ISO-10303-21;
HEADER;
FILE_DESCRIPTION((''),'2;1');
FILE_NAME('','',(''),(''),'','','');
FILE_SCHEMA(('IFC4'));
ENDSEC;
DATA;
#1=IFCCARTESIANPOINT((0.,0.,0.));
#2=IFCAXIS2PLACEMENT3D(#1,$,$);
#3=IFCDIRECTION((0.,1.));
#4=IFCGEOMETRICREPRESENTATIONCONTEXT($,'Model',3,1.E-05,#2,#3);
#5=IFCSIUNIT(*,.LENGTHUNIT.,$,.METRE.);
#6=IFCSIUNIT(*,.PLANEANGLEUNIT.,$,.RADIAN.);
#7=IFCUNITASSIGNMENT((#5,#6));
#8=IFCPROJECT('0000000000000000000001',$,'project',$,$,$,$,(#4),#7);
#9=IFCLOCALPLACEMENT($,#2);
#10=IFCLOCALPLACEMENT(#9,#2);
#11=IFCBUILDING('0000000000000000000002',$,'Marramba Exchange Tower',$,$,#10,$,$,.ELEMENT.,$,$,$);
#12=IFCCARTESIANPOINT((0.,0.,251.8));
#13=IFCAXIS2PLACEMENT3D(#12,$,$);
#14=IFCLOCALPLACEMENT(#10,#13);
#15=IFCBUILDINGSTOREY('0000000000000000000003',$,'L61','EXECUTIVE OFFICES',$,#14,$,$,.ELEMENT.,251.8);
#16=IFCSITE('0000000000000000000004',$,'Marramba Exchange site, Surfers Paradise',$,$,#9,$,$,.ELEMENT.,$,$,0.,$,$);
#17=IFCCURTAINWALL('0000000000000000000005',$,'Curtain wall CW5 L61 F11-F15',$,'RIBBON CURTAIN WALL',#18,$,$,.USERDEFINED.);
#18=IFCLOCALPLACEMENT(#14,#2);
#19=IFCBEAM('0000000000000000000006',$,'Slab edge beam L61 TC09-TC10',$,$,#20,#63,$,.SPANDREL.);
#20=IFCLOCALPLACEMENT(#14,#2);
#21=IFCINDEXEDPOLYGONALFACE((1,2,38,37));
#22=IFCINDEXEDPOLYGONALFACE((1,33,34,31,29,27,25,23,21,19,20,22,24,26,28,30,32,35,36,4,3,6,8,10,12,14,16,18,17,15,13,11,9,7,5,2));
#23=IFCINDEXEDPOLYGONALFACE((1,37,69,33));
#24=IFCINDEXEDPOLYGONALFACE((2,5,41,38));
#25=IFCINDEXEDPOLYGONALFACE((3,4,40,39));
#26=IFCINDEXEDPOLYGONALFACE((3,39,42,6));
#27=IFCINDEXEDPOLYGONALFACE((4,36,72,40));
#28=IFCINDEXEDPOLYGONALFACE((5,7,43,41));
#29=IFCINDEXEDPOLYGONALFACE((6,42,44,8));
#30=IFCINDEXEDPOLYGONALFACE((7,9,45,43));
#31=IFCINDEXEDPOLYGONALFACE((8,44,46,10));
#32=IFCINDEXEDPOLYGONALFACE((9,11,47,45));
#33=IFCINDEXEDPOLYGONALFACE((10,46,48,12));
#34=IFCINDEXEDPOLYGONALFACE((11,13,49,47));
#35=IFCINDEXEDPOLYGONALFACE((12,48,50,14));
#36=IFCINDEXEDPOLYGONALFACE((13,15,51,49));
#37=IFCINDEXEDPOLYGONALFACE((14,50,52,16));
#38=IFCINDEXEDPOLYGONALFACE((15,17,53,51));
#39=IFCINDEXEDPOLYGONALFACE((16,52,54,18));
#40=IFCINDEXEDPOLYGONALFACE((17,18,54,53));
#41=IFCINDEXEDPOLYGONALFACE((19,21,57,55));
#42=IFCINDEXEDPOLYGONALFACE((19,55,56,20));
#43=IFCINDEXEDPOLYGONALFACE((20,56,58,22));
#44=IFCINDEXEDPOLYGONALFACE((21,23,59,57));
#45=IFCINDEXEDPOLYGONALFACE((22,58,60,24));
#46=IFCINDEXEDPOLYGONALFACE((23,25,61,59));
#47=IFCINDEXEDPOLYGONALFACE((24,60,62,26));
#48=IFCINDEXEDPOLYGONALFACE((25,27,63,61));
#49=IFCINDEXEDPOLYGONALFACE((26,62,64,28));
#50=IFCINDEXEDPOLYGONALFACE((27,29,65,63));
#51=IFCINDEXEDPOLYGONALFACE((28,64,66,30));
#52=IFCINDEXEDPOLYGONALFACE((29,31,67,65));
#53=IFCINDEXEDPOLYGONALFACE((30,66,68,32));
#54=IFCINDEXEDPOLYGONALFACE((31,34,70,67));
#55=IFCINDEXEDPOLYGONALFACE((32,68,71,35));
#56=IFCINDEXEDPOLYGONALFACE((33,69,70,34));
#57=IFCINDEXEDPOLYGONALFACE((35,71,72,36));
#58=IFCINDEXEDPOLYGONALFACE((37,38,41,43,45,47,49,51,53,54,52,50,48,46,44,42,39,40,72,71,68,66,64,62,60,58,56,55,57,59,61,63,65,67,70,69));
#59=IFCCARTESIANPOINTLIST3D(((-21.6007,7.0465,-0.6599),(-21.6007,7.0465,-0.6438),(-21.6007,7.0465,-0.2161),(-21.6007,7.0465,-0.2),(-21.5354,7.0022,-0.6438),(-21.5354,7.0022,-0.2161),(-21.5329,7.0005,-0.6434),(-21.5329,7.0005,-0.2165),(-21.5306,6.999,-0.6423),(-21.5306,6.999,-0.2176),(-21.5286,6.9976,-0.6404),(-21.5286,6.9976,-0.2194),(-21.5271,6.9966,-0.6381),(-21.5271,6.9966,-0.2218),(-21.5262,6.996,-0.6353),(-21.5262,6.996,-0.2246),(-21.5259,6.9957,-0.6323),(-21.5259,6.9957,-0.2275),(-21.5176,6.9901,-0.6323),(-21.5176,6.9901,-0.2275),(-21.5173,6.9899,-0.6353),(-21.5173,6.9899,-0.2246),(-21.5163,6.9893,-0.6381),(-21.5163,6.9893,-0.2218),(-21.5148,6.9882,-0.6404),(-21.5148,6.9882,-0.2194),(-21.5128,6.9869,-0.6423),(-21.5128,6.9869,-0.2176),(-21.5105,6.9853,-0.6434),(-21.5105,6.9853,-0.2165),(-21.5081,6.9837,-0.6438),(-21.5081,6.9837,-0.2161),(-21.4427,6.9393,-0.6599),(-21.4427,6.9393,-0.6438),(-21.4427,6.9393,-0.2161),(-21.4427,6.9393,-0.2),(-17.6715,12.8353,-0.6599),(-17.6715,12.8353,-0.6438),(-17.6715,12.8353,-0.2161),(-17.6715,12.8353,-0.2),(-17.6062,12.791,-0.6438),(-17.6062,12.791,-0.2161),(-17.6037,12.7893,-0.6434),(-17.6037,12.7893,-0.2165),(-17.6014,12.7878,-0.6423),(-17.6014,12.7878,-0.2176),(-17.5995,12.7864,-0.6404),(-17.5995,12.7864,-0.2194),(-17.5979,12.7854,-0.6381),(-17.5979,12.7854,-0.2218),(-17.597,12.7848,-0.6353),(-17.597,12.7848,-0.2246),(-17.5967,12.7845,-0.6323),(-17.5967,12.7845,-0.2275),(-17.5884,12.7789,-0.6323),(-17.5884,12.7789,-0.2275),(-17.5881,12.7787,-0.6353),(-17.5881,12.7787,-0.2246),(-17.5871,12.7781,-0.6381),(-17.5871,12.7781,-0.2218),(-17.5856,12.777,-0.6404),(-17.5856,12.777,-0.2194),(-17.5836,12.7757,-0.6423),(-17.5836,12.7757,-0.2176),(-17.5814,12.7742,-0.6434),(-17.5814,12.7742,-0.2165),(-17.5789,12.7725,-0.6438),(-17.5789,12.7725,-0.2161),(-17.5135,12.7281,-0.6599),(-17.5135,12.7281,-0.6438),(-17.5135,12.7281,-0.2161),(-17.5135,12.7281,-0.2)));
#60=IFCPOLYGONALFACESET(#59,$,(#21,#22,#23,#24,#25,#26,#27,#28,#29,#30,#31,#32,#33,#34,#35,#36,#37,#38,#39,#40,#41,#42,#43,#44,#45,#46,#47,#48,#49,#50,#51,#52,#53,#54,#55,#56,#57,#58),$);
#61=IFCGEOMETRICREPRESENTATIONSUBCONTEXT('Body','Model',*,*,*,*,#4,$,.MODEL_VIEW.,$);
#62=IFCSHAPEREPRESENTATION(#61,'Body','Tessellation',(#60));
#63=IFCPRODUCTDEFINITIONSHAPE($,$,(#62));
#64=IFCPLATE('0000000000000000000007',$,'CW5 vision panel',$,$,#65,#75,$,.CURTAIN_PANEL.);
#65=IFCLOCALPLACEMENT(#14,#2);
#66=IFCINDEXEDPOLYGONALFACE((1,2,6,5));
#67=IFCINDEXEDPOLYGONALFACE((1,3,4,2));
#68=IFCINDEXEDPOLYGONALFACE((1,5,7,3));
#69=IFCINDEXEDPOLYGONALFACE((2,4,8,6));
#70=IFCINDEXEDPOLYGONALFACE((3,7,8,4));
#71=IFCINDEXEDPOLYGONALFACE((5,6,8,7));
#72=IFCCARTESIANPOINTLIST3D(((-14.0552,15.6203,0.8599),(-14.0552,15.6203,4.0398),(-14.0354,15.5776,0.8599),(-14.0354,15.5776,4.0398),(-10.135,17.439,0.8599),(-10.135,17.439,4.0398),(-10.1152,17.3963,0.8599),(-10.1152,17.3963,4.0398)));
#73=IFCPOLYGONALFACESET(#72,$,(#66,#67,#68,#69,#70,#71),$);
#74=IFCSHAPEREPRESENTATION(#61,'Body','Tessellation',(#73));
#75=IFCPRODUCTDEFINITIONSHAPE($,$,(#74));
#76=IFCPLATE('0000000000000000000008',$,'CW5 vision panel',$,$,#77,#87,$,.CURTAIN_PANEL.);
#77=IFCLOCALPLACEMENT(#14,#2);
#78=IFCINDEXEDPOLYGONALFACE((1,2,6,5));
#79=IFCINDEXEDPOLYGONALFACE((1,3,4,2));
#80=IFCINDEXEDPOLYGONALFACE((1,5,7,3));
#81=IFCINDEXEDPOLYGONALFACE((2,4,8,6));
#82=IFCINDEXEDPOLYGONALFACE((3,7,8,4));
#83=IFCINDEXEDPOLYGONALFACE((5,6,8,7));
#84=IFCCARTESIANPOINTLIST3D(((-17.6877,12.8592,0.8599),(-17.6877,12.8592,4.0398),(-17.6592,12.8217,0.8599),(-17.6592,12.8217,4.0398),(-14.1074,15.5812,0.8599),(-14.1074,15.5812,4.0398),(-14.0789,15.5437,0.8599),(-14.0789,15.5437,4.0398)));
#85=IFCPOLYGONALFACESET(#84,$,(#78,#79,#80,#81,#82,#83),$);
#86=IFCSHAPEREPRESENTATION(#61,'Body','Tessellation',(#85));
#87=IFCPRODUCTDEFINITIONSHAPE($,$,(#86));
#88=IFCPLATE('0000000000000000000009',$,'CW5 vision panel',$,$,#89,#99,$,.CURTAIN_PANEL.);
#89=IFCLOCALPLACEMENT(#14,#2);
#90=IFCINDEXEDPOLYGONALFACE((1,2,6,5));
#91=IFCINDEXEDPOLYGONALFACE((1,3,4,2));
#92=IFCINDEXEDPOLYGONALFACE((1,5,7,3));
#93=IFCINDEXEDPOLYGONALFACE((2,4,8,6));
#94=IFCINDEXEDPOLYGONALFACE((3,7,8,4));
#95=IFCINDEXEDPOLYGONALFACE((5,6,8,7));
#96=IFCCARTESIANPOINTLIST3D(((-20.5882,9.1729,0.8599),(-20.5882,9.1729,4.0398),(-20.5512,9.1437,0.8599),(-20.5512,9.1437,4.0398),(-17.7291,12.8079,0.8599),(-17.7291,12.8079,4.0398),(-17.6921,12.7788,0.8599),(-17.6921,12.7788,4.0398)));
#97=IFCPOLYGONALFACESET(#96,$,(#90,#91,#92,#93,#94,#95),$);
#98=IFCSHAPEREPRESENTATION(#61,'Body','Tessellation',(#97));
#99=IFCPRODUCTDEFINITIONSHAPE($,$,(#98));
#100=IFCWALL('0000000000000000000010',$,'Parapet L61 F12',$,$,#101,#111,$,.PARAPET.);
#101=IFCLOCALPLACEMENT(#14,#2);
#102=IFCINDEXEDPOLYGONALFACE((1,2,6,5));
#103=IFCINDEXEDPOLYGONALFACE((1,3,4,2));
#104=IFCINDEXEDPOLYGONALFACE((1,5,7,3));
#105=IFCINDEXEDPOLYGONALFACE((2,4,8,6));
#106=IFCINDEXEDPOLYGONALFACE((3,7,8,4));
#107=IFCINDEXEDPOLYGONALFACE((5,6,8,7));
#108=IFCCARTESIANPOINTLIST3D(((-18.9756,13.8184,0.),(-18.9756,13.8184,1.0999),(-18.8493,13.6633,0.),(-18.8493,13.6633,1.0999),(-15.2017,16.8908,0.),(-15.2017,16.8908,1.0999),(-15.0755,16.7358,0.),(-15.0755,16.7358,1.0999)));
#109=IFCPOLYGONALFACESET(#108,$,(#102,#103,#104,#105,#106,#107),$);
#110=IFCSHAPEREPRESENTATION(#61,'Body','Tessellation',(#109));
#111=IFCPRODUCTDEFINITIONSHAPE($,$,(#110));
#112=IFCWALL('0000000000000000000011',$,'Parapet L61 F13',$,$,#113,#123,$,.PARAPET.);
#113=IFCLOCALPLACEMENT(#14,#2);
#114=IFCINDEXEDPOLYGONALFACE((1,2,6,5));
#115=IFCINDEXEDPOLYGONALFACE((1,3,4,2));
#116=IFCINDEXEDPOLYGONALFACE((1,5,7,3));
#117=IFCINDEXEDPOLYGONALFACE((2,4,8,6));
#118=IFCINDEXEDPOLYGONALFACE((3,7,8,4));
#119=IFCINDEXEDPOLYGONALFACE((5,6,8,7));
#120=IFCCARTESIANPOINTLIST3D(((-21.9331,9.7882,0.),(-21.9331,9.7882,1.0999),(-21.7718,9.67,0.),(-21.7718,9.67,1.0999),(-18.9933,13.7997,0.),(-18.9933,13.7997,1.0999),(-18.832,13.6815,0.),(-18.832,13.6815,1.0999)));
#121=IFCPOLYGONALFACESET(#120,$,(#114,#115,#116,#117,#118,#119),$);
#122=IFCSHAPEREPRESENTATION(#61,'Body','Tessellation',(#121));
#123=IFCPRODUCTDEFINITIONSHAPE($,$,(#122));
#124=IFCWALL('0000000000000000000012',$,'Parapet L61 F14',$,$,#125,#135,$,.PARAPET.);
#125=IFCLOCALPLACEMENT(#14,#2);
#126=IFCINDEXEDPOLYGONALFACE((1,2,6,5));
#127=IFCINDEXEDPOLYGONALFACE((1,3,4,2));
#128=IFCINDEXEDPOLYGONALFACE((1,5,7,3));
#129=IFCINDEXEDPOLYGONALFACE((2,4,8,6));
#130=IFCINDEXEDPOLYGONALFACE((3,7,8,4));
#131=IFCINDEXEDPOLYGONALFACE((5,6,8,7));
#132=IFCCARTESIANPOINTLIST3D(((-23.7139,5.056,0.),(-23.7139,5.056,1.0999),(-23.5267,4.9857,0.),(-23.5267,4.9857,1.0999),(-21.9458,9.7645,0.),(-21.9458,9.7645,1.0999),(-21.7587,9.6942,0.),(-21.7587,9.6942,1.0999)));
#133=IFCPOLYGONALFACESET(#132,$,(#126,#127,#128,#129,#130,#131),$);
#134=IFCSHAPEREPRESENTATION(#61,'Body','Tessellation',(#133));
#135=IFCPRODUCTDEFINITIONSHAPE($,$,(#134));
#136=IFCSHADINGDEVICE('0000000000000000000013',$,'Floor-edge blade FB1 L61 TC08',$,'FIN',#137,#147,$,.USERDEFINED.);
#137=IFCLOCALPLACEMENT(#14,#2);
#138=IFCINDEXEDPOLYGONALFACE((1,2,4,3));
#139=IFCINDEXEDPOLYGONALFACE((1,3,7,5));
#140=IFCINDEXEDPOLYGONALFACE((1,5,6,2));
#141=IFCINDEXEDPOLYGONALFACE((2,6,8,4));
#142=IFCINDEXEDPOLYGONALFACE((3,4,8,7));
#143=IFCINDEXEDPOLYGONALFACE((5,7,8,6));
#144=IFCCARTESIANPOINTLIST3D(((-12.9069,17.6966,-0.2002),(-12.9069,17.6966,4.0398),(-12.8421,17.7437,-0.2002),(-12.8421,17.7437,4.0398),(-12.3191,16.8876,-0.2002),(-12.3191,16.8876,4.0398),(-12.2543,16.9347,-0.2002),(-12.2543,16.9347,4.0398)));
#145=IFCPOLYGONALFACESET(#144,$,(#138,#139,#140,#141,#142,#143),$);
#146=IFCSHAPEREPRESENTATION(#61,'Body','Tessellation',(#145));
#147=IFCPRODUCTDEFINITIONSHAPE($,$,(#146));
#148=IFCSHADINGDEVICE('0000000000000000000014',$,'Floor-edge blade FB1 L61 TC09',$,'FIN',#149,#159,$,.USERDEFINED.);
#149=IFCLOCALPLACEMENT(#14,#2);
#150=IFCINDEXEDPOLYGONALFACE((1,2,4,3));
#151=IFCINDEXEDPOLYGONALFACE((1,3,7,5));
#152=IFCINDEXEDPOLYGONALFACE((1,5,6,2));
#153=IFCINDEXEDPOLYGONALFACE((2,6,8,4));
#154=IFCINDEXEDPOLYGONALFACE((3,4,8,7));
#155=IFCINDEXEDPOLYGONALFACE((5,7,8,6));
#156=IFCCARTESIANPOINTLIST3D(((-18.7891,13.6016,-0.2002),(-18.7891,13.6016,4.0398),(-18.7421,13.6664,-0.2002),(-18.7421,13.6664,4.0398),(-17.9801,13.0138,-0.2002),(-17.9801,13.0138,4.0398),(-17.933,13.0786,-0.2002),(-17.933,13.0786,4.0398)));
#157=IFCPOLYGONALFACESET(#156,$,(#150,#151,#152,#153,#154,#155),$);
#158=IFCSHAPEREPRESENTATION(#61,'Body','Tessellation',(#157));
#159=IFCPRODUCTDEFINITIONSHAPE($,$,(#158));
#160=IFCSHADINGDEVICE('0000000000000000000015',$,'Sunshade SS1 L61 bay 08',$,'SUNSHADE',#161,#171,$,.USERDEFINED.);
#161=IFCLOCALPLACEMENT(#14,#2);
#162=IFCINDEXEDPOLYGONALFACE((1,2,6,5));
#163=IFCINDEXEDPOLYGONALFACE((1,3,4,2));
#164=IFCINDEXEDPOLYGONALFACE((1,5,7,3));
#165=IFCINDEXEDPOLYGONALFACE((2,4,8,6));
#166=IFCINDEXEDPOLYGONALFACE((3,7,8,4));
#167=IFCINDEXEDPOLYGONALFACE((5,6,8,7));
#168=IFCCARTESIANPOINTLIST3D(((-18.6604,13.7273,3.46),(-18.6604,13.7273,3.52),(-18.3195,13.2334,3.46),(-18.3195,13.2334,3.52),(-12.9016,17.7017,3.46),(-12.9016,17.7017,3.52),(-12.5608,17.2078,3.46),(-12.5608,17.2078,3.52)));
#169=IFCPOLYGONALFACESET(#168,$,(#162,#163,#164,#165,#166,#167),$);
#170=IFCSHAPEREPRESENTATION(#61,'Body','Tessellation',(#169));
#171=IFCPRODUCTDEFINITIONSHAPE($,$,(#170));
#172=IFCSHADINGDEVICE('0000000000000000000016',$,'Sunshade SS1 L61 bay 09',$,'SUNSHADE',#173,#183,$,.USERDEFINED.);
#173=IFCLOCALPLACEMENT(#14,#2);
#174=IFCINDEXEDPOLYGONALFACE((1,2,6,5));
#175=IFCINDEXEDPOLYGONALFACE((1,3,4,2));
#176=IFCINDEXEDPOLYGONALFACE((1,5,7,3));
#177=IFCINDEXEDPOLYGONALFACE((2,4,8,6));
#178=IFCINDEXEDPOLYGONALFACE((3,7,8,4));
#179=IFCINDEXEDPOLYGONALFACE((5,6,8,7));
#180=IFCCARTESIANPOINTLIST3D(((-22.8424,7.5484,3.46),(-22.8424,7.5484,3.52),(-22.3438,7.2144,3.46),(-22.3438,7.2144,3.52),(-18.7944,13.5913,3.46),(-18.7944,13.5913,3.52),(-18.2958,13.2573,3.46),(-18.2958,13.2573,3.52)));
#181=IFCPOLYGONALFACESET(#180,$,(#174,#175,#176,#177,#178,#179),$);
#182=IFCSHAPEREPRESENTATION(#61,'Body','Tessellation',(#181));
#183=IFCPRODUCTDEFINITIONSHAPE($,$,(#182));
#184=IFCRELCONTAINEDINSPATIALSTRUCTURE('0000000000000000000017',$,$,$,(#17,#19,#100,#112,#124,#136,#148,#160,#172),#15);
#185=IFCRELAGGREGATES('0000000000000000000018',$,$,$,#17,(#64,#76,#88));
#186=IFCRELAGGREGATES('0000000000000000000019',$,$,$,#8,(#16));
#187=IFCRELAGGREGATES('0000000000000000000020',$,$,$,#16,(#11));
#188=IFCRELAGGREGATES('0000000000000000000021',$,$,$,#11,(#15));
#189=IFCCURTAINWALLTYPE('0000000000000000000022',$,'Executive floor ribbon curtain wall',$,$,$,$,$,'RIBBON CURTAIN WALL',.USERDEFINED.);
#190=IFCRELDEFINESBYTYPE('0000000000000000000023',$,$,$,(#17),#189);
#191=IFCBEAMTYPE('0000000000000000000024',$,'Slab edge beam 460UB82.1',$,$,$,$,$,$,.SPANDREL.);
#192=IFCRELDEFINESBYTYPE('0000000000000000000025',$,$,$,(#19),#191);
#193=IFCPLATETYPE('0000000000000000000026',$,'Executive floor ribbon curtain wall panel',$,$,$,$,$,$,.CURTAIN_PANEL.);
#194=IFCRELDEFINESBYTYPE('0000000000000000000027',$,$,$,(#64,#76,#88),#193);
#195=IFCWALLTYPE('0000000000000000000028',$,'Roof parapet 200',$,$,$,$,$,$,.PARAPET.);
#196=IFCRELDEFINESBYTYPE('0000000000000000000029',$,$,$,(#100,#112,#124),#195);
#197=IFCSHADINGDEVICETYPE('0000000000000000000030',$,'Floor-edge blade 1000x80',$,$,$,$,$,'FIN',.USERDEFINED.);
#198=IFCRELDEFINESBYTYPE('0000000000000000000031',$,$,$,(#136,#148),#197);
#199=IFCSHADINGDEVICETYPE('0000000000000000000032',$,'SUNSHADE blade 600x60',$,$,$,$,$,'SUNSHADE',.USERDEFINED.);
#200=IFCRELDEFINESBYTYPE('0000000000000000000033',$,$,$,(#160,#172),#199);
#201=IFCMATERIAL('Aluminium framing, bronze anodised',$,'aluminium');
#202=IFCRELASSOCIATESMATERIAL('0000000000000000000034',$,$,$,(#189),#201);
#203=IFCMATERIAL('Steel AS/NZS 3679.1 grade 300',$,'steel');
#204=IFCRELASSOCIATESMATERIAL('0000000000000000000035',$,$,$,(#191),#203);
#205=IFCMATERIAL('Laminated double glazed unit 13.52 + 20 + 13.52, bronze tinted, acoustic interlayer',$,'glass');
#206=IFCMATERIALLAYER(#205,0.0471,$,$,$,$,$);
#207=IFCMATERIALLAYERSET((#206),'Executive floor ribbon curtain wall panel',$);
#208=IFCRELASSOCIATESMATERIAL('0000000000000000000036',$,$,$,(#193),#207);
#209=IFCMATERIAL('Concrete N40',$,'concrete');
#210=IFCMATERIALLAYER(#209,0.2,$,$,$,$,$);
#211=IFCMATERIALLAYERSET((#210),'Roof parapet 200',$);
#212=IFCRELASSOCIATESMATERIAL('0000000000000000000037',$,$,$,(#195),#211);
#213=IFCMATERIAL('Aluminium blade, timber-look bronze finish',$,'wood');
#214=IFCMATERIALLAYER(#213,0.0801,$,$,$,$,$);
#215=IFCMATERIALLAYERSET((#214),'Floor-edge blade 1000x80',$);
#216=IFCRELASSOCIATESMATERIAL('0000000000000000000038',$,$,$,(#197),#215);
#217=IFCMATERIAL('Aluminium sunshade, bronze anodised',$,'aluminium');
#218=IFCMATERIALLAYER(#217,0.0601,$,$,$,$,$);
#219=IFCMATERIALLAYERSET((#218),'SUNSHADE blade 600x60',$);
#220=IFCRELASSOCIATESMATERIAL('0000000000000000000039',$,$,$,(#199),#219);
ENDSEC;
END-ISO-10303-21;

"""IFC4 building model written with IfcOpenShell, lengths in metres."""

from ifc_helpers import new_model, si_unit, direction, frame, frame_2d, origin, origin_2d, place, context, subcontext, project, spatial, rectangle, i_section, extrude, material, layer, layer_set, material_profile, profile_set, type_object, element, aggregate, save


model = new_model("IFC4")

# Units and contexts
model_context = context("Model", 3, precision=1e-05, world=origin(), true_north=direction((0.0, 1.0)))
body_context = subcontext(model_context, "Body", "Model", "MODEL_VIEW")
ifc_project = project(units=[si_unit("LENGTHUNIT", "METRE"), si_unit("PLANEANGLEUNIT", "RADIAN")], contexts=[model_context])

# Site, building, storey
site_placement = place(None, origin())
site = spatial("IfcSite", under=ifc_project, at=site_placement, Name="Marramba Exchange site, Surfers Paradise", CompositionType="ELEMENT", RefElevation=0.0)
building_placement = place(site_placement, origin())
building = spatial("IfcBuilding", under=site, at=building_placement, Name="Marramba Exchange Tower", CompositionType="ELEMENT")
storey_placement = place(building_placement, frame((0.0, 0.0, 251.8)))
storey = spatial("IfcBuildingStorey", under=building, at=storey_placement, Name="L61", Description="EXECUTIVE OFFICES", CompositionType="ELEMENT", Elevation=251.8)

# Curtain wall
ifc_material_1 = material(Name="Aluminium framing, bronze anodised", Category="aluminium")
curtain_wall_type = type_object("IfcCurtainWallType", Name="Executive floor ribbon curtain wall", ElementType="RIBBON CURTAIN WALL", PredefinedType="USERDEFINED", material=ifc_material_1)
curtain_wall_placement = place(storey_placement, origin())
curtain_wall = element("IfcCurtainWall", 1, at=curtain_wall_placement, inside=storey, type_object=curtain_wall_type, Name="Curtain wall CW5 L61 F11-F15", ObjectType="RIBBON CURTAIN WALL", PredefinedType="USERDEFINED")

# Beam
ifc_material_2 = material(Name="Steel AS/NZS 3679.1 grade 300", Category="steel")
ifc_material_profile_1 = material_profile(ifc_material_2, i_section(OverallWidth=0.1909, OverallDepth=0.46, WebThickness=0.01, FlangeThickness=0.0161, FilletRadius=0.0115, at=origin_2d()), Name="460UB82.1")
ifc_profile_set_1 = profile_set([ifc_material_profile_1], Name="Steel AS/NZS 3679.1 grade 300")
beam_type_1 = type_object("IfcBeamType", Name="Slab edge beam 460UB82.1", PredefinedType="SPANDREL", material=ifc_profile_set_1)
beam_1_placement = place(storey_placement, frame((-17.5925, 12.7817, -0.4299), z_axis=(-0.561606, -0.827405, 0.0), x_axis=(0.827405, -0.561606, 0.0)))
element("IfcBeam", 2, at=beam_1_placement, inside=storey, type_object=beam_type_1, Name="Slab edge beam L61 TC09-TC10", PredefinedType="SPANDREL", context=body_context, shape_type="SweptSolid", body=[
    extrude(i_section(OverallWidth=0.1909, OverallDepth=0.46, WebThickness=0.01, FlangeThickness=0.0161, FilletRadius=0.0115, at=origin_2d()), origin(), (0.0, 0.0, 1.0), 6.9963),
])

# Plates
ifc_material_3 = material(Name="Laminated double glazed unit 13.52 + 20 + 13.52, bronze tinted, acoustic interlayer", Category="glass")
ifc_layer_1 = layer(ifc_material_3, 0.0471)
ifc_layer_set_1 = layer_set([ifc_layer_1], Name="Executive floor ribbon curtain wall panel")
plate_type = type_object("IfcPlateType", Name="Executive floor ribbon curtain wall panel", PredefinedType="CURTAIN_PANEL", material=ifc_layer_set_1)
plate_1_placement = place(storey_placement, frame((-12.0852, 16.5083, 0.8599), z_axis=(0.0, 0.0, 1.0), x_axis=(-0.907131, -0.420849, 0.0)))
plate_1 = element("IfcPlate", 3, at=plate_1_placement, type_object=plate_type, Name="CW5 vision panel", PredefinedType="CURTAIN_PANEL", context=body_context, shape_type="SweptSolid", body=[
    extrude(rectangle(XDim=4.3215, YDim=0.0471, at=origin_2d()), origin(), (0.0, 0.0, 1.0), 3.1799),
])
plate_2_placement = place(storey_placement, frame((-15.8833, 14.2014, 0.8599), z_axis=(0.0, 0.0, 1.0), x_axis=(-0.796059, -0.605219, 0.0)))
plate_2 = element("IfcPlate", 4, at=plate_2_placement, type_object=plate_type, Name="CW5 vision panel", PredefinedType="CURTAIN_PANEL", context=body_context, shape_type="SweptSolid", body=[
    extrude(rectangle(XDim=4.4976, YDim=0.0471, at=origin_2d()), origin(), (0.0, 0.0, 1.0), 3.1799),
])
plate_3_placement = place(storey_placement, frame((-19.1401, 10.9758, 0.8599), z_axis=(0.0, 0.0, 1.0), x_axis=(-0.618223, -0.786003, 0.0)))
plate_3 = element("IfcPlate", 5, at=plate_3_placement, type_object=plate_type, Name="CW5 vision panel", PredefinedType="CURTAIN_PANEL", context=body_context, shape_type="SweptSolid", body=[
    extrude(rectangle(XDim=4.6248, YDim=0.0471, at=origin_2d()), origin(), (0.0, 0.0, 1.0), 3.1799),
])
aggregate(curtain_wall, [plate_1, plate_2, plate_3])

# Walls
ifc_material_4 = material(Name="Concrete N40", Category="concrete")
ifc_layer_2 = layer(ifc_material_4, 0.2)
ifc_layer_set_2 = layer_set([ifc_layer_2], Name="Roof parapet 200")
wall_type = type_object("IfcWallType", Name="Roof parapet 200", PredefinedType="PARAPET", material=ifc_layer_set_2)
wall_1_placement = place(storey_placement, frame((-15.1387, 16.8132, 0.0), z_axis=(0.0, 0.0, 1.0), x_axis=(-0.775491, -0.631359, 0.0)))
element("IfcWall", 6, at=wall_1_placement, inside=storey, type_object=wall_type, Name="Parapet L61 F12", PredefinedType="PARAPET", context=body_context, shape_type="SweptSolid", body=[
    extrude(rectangle(XDim=4.8665, YDim=0.2, at=frame_2d((2.4331, 0.0))), origin(), (0.0, 0.0, 1.0), 1.0999),
])
wall_2_placement = place(storey_placement, frame((-18.9126, 13.7407, 0.0), z_axis=(0.0, 0.0, 1.0), x_axis=(-0.591095, -0.806602, 0.0)))
element("IfcWall", 7, at=wall_2_placement, inside=storey, type_object=wall_type, Name="Parapet L61 F13", PredefinedType="PARAPET", context=body_context, shape_type="SweptSolid", body=[
    extrude(rectangle(XDim=4.9734, YDim=0.2, at=frame_2d((2.4868, 0.0))), origin(), (0.0, 0.0, 1.0), 1.0999),
])
wall_3_placement = place(storey_placement, frame((-21.8523, 9.7292, 0.0), z_axis=(0.0, 0.0, 1.0), x_axis=(-0.351538, -0.936173, 0.0)))
element("IfcWall", 8, at=wall_3_placement, inside=storey, type_object=wall_type, Name="Parapet L61 F14", PredefinedType="PARAPET", context=body_context, shape_type="SweptSolid", body=[
    extrude(rectangle(XDim=5.0295, YDim=0.2, at=frame_2d((2.5146, 0.0))), origin(), (0.0, 0.0, 1.0), 1.0999),
])

# Shading devices
ifc_material_5 = material(Name="Aluminium blade, timber-look bronze finish", Category="wood")
ifc_layer_3 = layer(ifc_material_5, 0.0801)
ifc_layer_set_3 = layer_set([ifc_layer_3], Name="Floor-edge blade 1000x80")
shading_device_type_1 = type_object("IfcShadingDeviceType", Name="Floor-edge blade 1000x80", ElementType="FIN", PredefinedType="USERDEFINED", material=ifc_layer_set_3)
for number, where, z_axis, x_axis, name in (
    (9, (-12.5806, 17.3157, -0.2002), (0.0, 0.0, 1.0), (-0.587785, 0.809017, 0.0), "Floor-edge blade FB1 L61 TC08"),
    (10, (-18.3611, 13.3401, -0.2002), (0.0, 0.0, 1.0), (-0.809017, 0.587785, 0.0), "Floor-edge blade FB1 L61 TC09"),
):
    element("IfcShadingDevice", number, at=place(storey_placement, frame(where, z_axis=z_axis, x_axis=x_axis)), inside=storey, type_object=shading_device_type_1, Name=name, ObjectType="FIN", PredefinedType="USERDEFINED", context=body_context, shape_type="SweptSolid", body=[
        extrude(rectangle(XDim=1.0, YDim=0.0801, at=origin_2d()), origin(), (0.0, 0.0, 1.0), 4.24),
    ])
ifc_material_6 = material(Name="Aluminium sunshade, bronze anodised", Category="aluminium")
ifc_layer_4 = layer(ifc_material_6, 0.0601)
ifc_layer_set_4 = layer_set([ifc_layer_4], Name="SUNSHADE blade 600x60")
shading_device_type_2 = type_object("IfcShadingDeviceType", Name="SUNSHADE blade 600x60", ElementType="SUNSHADE", PredefinedType="USERDEFINED", material=ifc_layer_set_4)
shading_device_1_placement = place(storey_placement, frame((-15.6106, 15.4675, 3.46), z_axis=(0.0, 0.0, 1.0), x_axis=(-0.823024, -0.568006, 0.0)))
element("IfcShadingDevice", 11, at=shading_device_1_placement, inside=storey, type_object=shading_device_type_2, Name="Sunshade SS1 L61 bay 08", ObjectType="SUNSHADE", PredefinedType="USERDEFINED", context=body_context, shape_type="SweptSolid", body=[
    extrude(rectangle(XDim=6.9971, YDim=0.6001, at=origin_2d()), origin(), (0.0, 0.0, 1.0), 0.0601),
])
shading_device_2_placement = place(storey_placement, frame((-20.5691, 10.4028, 3.46), z_axis=(0.0, 0.0, 1.0), x_axis=(-0.55654, -0.830821, 0.0)))
element("IfcShadingDevice", 12, at=shading_device_2_placement, inside=storey, type_object=shading_device_type_2, Name="Sunshade SS1 L61 bay 09", ObjectType="SUNSHADE", PredefinedType="USERDEFINED", context=body_context, shape_type="SweptSolid", body=[
    extrude(rectangle(XDim=7.2734, YDim=0.6001, at=origin_2d()), origin(), (0.0, 0.0, 1.0), 0.0601),
])

save(model, "model.ifc")
